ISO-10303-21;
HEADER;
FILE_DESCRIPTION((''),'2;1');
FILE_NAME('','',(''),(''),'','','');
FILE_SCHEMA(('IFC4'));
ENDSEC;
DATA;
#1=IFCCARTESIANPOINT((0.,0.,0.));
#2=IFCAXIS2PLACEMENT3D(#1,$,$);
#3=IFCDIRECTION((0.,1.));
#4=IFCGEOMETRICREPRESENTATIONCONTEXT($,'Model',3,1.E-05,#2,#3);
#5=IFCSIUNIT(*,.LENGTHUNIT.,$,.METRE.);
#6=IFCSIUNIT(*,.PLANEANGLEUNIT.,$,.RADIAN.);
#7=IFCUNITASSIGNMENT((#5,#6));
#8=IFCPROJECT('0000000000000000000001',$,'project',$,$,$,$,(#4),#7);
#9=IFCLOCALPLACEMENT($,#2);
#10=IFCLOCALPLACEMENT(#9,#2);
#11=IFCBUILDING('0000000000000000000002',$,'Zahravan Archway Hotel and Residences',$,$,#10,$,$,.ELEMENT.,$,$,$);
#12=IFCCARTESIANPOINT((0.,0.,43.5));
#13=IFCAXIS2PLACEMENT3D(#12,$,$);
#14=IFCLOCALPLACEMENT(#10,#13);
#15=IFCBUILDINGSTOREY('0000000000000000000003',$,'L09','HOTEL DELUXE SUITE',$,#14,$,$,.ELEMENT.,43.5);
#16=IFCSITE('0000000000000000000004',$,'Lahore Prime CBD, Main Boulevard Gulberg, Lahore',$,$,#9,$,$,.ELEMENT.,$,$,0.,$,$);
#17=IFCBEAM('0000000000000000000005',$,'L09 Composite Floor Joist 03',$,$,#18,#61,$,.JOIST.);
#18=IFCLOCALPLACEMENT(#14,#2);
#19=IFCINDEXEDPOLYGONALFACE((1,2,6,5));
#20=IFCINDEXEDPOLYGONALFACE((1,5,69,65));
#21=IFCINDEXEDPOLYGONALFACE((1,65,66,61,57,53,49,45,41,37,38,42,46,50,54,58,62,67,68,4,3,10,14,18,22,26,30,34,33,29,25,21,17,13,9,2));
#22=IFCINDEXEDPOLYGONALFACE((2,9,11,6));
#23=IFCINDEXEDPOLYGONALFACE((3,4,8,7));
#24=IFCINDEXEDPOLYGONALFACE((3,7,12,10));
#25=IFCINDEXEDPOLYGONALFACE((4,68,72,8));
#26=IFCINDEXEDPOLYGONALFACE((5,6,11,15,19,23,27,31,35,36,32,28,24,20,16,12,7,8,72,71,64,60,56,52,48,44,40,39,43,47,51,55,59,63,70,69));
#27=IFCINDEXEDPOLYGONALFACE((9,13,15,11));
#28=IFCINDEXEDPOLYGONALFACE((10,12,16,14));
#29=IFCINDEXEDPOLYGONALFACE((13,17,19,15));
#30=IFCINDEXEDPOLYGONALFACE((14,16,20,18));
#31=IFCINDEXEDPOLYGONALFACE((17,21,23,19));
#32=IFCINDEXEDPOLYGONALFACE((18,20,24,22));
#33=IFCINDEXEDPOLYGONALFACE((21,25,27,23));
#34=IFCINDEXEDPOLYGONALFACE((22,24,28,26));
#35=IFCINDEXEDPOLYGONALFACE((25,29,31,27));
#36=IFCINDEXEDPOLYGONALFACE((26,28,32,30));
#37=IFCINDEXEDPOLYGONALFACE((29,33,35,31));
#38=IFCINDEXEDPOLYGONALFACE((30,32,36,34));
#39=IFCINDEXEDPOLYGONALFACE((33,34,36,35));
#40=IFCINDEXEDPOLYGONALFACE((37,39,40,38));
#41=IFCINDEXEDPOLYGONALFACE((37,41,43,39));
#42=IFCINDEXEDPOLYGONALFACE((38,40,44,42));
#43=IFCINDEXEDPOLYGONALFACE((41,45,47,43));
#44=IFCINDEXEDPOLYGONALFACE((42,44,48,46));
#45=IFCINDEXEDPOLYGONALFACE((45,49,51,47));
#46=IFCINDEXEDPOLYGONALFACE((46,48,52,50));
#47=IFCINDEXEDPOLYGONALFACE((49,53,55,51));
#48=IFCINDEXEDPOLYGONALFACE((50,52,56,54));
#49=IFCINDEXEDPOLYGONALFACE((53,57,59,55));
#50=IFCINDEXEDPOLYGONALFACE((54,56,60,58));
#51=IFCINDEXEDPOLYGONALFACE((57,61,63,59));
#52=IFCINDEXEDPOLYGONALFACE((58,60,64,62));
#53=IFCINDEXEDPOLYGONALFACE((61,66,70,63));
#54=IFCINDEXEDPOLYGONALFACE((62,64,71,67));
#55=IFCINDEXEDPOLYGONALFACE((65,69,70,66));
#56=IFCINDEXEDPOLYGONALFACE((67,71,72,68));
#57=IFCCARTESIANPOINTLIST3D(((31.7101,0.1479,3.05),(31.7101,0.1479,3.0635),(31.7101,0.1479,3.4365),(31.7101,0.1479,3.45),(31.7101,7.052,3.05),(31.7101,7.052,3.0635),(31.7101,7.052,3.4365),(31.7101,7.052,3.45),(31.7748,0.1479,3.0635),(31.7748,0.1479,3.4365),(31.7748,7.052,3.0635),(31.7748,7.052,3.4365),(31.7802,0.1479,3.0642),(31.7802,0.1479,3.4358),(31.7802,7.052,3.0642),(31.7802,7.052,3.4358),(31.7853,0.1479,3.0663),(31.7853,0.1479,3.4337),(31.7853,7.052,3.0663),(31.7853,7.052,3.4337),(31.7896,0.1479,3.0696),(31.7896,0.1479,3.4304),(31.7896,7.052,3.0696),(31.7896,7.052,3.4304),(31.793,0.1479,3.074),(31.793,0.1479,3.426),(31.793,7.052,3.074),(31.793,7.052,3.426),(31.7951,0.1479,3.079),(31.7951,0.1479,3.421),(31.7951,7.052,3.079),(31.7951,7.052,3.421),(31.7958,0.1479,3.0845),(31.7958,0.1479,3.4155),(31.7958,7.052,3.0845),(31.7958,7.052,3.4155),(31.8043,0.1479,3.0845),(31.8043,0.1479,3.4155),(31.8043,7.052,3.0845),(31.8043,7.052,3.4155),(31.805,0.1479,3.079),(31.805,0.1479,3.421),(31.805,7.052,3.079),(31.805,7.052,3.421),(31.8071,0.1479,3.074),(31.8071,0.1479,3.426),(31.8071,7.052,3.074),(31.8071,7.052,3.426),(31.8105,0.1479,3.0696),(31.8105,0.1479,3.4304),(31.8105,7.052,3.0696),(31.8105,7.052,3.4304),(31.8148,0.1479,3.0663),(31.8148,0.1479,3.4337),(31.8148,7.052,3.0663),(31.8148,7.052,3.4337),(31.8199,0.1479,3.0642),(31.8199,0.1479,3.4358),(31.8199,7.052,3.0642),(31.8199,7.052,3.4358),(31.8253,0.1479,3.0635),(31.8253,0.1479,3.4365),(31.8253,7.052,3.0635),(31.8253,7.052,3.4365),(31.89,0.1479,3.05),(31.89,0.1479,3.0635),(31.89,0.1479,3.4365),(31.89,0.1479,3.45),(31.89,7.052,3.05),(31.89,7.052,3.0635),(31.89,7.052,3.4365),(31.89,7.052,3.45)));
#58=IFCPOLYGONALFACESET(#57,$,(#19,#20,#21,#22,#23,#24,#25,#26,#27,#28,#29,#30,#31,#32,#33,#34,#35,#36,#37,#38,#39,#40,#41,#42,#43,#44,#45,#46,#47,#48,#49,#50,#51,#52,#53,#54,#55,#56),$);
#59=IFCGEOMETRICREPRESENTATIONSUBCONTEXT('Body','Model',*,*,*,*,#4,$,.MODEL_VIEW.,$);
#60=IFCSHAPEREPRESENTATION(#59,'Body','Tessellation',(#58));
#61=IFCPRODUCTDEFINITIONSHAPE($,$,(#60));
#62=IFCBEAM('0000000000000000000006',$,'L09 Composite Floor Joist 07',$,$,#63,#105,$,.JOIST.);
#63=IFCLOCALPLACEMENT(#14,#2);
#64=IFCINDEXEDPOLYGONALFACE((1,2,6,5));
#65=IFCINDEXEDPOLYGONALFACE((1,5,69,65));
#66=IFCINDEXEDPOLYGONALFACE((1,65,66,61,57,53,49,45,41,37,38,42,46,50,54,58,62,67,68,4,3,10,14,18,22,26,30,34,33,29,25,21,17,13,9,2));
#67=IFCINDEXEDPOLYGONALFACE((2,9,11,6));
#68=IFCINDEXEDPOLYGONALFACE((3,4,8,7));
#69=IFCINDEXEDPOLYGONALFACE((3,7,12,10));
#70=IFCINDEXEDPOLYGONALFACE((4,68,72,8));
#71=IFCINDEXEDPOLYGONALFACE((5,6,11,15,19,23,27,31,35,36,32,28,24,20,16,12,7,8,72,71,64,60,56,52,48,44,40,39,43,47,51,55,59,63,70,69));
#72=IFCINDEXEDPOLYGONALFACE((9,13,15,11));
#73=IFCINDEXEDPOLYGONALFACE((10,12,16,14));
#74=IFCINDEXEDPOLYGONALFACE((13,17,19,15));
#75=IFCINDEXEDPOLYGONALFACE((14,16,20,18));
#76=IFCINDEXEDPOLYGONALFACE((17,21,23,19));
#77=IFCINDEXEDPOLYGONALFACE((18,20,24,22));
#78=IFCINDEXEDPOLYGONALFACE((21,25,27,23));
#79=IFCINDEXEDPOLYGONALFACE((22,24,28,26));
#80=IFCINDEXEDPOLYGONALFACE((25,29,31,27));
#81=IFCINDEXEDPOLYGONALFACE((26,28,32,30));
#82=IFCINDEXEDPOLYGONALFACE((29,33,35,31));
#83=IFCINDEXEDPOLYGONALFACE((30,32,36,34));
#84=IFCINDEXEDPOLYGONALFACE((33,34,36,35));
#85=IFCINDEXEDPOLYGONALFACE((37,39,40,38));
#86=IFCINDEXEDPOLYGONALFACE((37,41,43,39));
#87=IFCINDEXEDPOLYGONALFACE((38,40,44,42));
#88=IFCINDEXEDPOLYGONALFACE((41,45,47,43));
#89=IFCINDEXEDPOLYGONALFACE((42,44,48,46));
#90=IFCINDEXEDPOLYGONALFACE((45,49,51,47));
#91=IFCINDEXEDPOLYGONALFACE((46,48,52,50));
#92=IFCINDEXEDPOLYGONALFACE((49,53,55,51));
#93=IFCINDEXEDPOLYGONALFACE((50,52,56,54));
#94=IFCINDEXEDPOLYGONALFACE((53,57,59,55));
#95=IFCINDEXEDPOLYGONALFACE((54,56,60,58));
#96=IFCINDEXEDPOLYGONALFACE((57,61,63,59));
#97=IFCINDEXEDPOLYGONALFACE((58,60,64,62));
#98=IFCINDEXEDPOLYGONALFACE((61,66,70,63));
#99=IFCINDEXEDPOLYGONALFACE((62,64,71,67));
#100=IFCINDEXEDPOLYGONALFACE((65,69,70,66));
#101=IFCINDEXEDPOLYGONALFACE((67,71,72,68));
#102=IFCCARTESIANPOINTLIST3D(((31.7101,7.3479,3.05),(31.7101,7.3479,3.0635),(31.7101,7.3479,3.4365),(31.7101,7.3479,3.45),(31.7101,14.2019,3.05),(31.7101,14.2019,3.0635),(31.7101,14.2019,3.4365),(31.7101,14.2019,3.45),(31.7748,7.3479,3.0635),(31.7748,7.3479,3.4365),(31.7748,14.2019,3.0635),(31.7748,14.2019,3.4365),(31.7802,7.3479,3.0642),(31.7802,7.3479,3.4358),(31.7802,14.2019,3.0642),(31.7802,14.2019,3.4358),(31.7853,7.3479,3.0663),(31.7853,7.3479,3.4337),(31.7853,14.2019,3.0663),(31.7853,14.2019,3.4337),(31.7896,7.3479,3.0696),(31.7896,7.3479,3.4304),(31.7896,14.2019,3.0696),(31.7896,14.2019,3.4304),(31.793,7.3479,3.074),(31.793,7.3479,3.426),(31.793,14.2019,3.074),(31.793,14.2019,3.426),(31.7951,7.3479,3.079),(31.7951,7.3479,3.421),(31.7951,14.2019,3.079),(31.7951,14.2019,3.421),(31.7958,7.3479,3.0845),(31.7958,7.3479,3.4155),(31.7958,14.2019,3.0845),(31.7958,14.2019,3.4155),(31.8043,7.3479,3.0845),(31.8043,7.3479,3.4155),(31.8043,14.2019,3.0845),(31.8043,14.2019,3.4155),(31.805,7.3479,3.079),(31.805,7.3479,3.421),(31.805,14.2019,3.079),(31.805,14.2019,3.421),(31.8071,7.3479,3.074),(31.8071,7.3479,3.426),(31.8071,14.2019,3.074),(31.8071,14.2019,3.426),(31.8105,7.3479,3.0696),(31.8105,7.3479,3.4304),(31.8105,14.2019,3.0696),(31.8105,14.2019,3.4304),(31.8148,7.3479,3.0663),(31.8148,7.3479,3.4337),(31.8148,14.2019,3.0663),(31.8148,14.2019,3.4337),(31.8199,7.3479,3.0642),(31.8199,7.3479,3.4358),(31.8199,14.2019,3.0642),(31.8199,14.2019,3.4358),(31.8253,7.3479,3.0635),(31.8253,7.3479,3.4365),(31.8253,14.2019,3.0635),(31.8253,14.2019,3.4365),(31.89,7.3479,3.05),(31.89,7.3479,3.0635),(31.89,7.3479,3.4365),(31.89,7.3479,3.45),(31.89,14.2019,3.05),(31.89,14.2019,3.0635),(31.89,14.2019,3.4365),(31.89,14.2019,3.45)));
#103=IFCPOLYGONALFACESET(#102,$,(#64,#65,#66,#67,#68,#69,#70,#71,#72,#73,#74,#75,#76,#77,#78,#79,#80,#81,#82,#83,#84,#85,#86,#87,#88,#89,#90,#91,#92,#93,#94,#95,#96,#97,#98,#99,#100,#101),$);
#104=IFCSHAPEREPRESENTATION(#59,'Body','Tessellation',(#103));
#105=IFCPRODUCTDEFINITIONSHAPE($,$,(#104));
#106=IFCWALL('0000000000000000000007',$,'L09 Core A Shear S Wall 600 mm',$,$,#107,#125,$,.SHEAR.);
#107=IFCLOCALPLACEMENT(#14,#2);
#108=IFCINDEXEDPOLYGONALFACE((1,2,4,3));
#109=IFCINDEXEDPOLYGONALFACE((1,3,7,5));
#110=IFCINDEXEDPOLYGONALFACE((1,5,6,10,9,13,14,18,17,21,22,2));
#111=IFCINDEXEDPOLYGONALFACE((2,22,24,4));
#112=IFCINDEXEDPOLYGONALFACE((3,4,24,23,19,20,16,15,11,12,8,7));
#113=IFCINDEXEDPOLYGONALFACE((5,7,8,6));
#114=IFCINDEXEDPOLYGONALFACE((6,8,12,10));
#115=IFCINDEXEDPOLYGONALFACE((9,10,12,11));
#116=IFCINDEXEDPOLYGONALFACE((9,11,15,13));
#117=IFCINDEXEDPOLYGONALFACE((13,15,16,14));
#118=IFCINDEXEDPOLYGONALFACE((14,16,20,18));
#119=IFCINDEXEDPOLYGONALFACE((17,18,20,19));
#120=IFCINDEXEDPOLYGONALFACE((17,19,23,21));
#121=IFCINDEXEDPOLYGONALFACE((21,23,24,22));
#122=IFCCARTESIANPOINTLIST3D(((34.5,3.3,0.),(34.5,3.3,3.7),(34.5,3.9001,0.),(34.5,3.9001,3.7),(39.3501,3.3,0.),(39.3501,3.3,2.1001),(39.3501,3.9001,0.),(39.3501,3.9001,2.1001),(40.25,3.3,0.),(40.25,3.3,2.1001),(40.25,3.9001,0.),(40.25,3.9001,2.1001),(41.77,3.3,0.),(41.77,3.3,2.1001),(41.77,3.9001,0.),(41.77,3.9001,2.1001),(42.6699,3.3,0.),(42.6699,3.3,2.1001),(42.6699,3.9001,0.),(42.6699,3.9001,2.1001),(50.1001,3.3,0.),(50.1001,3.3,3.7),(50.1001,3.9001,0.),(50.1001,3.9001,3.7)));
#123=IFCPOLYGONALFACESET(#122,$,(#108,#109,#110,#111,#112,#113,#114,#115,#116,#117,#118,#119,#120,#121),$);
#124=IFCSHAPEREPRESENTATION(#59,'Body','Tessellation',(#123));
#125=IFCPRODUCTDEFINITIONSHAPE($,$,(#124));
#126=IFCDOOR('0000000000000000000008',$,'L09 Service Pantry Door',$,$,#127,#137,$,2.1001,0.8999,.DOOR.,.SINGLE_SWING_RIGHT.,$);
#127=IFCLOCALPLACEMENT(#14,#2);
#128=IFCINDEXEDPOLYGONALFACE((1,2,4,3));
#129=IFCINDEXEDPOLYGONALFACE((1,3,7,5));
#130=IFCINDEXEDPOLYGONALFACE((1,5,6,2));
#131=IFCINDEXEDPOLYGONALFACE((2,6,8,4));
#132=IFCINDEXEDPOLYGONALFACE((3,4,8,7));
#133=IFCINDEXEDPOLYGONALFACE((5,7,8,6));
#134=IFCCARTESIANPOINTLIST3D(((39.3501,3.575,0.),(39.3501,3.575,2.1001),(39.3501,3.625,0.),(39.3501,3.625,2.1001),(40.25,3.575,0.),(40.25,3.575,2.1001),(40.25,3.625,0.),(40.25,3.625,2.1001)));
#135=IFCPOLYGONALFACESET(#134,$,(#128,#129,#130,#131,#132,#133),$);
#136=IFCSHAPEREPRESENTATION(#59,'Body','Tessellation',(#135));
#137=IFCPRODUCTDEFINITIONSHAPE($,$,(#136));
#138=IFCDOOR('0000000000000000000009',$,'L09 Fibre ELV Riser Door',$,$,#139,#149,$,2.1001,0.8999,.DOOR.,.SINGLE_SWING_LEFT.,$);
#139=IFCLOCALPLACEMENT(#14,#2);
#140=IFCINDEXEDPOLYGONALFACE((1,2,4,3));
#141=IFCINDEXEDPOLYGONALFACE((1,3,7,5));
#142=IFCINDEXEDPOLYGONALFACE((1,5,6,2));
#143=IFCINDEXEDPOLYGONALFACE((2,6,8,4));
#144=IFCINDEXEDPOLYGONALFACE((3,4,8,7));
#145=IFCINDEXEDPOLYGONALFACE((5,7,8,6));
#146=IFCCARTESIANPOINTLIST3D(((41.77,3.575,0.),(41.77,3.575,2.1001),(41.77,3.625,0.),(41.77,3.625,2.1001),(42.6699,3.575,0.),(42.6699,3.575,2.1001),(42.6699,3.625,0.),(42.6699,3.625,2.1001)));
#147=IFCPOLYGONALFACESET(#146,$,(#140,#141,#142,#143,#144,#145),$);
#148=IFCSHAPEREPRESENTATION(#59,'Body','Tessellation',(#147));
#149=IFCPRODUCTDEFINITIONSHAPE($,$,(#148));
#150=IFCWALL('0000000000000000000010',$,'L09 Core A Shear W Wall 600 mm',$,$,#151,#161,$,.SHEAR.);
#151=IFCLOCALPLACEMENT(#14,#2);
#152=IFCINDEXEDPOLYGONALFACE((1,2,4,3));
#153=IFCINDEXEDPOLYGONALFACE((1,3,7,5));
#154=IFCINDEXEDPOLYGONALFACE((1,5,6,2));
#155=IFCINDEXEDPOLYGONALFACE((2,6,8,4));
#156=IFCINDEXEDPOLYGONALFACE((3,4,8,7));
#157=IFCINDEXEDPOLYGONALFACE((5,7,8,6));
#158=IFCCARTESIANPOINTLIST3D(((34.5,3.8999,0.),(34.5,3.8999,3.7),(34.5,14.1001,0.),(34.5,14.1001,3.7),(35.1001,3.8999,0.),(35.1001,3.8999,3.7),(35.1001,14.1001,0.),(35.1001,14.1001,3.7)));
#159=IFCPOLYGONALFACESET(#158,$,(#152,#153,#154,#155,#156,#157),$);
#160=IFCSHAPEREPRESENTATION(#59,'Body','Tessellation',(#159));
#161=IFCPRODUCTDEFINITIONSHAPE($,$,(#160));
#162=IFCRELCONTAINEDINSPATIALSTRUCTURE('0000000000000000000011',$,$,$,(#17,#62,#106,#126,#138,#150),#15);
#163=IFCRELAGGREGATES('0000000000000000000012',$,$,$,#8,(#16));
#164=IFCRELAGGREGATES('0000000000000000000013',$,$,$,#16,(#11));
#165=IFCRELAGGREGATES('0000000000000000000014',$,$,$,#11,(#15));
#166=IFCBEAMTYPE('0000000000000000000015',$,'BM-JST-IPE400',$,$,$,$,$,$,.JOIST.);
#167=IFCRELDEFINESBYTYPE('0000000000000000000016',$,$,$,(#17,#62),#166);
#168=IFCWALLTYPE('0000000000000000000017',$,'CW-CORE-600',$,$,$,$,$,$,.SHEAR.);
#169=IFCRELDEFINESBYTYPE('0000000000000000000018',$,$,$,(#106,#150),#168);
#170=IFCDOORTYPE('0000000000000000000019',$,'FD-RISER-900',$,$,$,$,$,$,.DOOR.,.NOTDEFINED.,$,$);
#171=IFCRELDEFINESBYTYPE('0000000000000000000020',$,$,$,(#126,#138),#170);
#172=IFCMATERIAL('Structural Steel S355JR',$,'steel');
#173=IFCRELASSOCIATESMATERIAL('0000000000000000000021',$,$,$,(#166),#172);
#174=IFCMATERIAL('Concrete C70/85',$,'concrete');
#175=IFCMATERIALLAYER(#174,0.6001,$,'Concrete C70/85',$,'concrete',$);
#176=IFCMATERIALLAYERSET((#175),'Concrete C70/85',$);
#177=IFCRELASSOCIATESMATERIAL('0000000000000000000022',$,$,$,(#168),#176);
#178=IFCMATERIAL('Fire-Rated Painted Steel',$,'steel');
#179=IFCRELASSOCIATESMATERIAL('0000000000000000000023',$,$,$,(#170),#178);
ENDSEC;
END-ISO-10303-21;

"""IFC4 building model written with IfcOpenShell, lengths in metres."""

from ifc_helpers import new_model, si_unit, direction, frame, frame_2d, origin, origin_2d, place, context, subcontext, project, spatial, rectangle, i_section, extrude, source, transform, mapped, material, layer, layer_set, material_profile, profile_set, type_object, type_shapes, element, fill, save


model = new_model("IFC4")

# Units and contexts
model_context = context("Model", 3, precision=1e-05, world=origin(), true_north=direction((0.0, 1.0)))
body_context = subcontext(model_context, "Body", "Model", "MODEL_VIEW")
ifc_project = project(units=[si_unit("LENGTHUNIT", "METRE"), si_unit("PLANEANGLEUNIT", "RADIAN")], contexts=[model_context])

# Site, building, storey
site_placement = place(None, origin())
site = spatial("IfcSite", under=ifc_project, at=site_placement, Name="Lahore Prime CBD, Main Boulevard Gulberg, Lahore", CompositionType="ELEMENT", RefElevation=0.0)
building_placement = place(site_placement, origin())
building = spatial("IfcBuilding", under=site, at=building_placement, Name="Zahravan Archway Hotel and Residences", CompositionType="ELEMENT")
storey_placement = place(building_placement, frame((0.0, 0.0, 43.5)))
storey = spatial("IfcBuildingStorey", under=building, at=storey_placement, Name="L09", Description="HOTEL DELUXE SUITE", CompositionType="ELEMENT", Elevation=43.5)

# Shared definitions
ifc_material_1 = material(Name="Concrete C70/85", Category="concrete")

# Beams
ifc_material_2 = material(Name="Structural Steel S355JR", Category="steel")
ifc_material_profile_1 = material_profile(ifc_material_2, i_section(OverallWidth=0.1799, OverallDepth=0.3999, WebThickness=0.0085, FlangeThickness=0.0134, FilletRadius=0.021, at=origin_2d()), Name="IPE 400", Category="steel")
ifc_profile_set_1 = profile_set([ifc_material_profile_1], Name="Structural Steel S355JR")
beam_type_1 = type_object("IfcBeamType", Name="BM-JST-IPE400", PredefinedType="JOIST", material=ifc_profile_set_1)
shared_shape_1 = source(origin(), body_context, "Body", "SweptSolid", [
    extrude(i_section(OverallWidth=0.1799, OverallDepth=0.3999, WebThickness=0.0085, FlangeThickness=0.0134, FilletRadius=0.021, at=origin_2d()), origin(), (0.0, 0.0, 1.0), 6.9041),
])
type_shapes(beam_type_1, [shared_shape_1])
beam_1_placement = place(storey_placement, frame((31.8, 0.1479, 3.25), z_axis=(0.0, 1.0, 0.0), x_axis=(-1.0, 0.0, 0.0)))
element("IfcBeam", 1, at=beam_1_placement, inside=storey, type_object=beam_type_1, Name="L09 Composite Floor Joist 03", PredefinedType="JOIST", context=body_context, shape_type="MappedRepresentation", body=[
    mapped(shared_shape_1, transform((0.0, 0.0, 0.0), scale=1.0)),
])
shared_shape_2 = source(origin(), body_context, "Body", "SweptSolid", [
    extrude(i_section(OverallWidth=0.1799, OverallDepth=0.3999, WebThickness=0.0085, FlangeThickness=0.0134, FilletRadius=0.021, at=origin_2d()), origin(), (0.0, 0.0, 1.0), 6.854),
])
beam_2_placement = place(storey_placement, frame((31.8, 7.3479, 3.25), z_axis=(0.0, 1.0, 0.0), x_axis=(-1.0, 0.0, 0.0)))
element("IfcBeam", 2, at=beam_2_placement, inside=storey, type_object=beam_type_1, Name="L09 Composite Floor Joist 07", PredefinedType="JOIST", context=body_context, shape_type="MappedRepresentation", body=[
    mapped(shared_shape_2, transform((0.0, 0.0, 0.0), scale=1.0)),
])

# Wall, openings, doors
ifc_layer_1 = layer(ifc_material_1, 0.6001, Name="Concrete C70/85", Category="concrete")
ifc_layer_set_1 = layer_set([ifc_layer_1], Name="Concrete C70/85")
wall_type_1 = type_object("IfcWallType", Name="CW-CORE-600", PredefinedType="SHEAR", material=ifc_layer_set_1)
wall_1_placement = place(storey_placement, frame((34.5, 3.6001, 0.0), z_axis=(0.0, 0.0, 1.0), x_axis=(1.0, 0.0, 0.0)))
wall_1 = element("IfcWall", 3, at=wall_1_placement, inside=storey, type_object=wall_type_1, Name="L09 Core A Shear S Wall 600 mm", PredefinedType="SHEAR", context=body_context, shape_type="SweptSolid", body=[
    extrude(rectangle(XDim=15.6001, YDim=0.6001, at=frame_2d((7.8, 0.0))), origin(), (0.0, 0.0, 1.0), 3.7),
])
opening_1_placement = place(wall_1_placement, frame((4.8501, 0.0, 0.0)))
opening_1 = element("IfcOpeningElement", 4, at=opening_1_placement, cuts=wall_1, PredefinedType="OPENING", context=body_context, shape_type="SweptSolid", body=[
    extrude(rectangle(XDim=0.8999, YDim=2.1001, at=frame_2d((0.45, 1.05))), frame((0.0, 0.3101, 0.0), z_axis=(0.0, -1.0, 0.0), x_axis=(1.0, 0.0, 0.0)), (0.0, 0.0, 1.0), 0.6201),
])
opening_2_placement = place(wall_1_placement, frame((7.27, 0.0, 0.0)))
opening_2 = element("IfcOpeningElement", 5, at=opening_2_placement, cuts=wall_1, PredefinedType="OPENING", context=body_context, shape_type="SweptSolid", body=[
    extrude(rectangle(XDim=0.8999, YDim=2.1001, at=frame_2d((0.45, 1.05))), frame((0.0, 0.3101, 0.0), z_axis=(0.0, -1.0, 0.0), x_axis=(1.0, 0.0, 0.0)), (0.0, 0.0, 1.0), 0.6201),
])
ifc_material_3 = material(Name="Fire-Rated Painted Steel", Category="steel")
door_type_1 = type_object("IfcDoorType", Name="FD-RISER-900", OperationType="NOTDEFINED", PredefinedType="DOOR", material=ifc_material_3)
shared_shape_3 = source(origin(), body_context, "Body", "SweptSolid", [
    extrude(rectangle(XDim=0.8999, YDim=2.1001, at=frame_2d((0.45, 1.05))), frame((0.0, 0.0249, 0.0), z_axis=(0.0, -1.0, 0.0), x_axis=(1.0, 0.0, 0.0)), (0.0, 0.0, 1.0), 0.05),
])
type_shapes(door_type_1, [shared_shape_3])
door_1_placement = place(opening_1_placement, origin())
door_1 = element("IfcDoor", 6, at=door_1_placement, inside=storey, type_object=door_type_1, Name="L09 Service Pantry Door", OperationType="SINGLE_SWING_RIGHT", OverallHeight=2.1001, OverallWidth=0.8999, PredefinedType="DOOR", context=body_context, shape_type="MappedRepresentation", body=[
    mapped(shared_shape_3, transform((0.0, 0.0, 0.0), scale=1.0)),
])
fill(opening_1, door_1)
door_2_placement = place(opening_2_placement, origin())
door_2 = element("IfcDoor", 7, at=door_2_placement, inside=storey, type_object=door_type_1, Name="L09 Fibre ELV Riser Door", OperationType="SINGLE_SWING_LEFT", OverallHeight=2.1001, OverallWidth=0.8999, PredefinedType="DOOR", context=body_context, shape_type="MappedRepresentation", body=[
    mapped(shared_shape_3, transform((0.0, 0.0, 0.0), scale=1.0)),
])
fill(opening_2, door_2)

# Wall
wall_2_placement = place(storey_placement, frame((34.8, 3.8999, 0.0), z_axis=(0.0, 0.0, 1.0), x_axis=(0.0, 1.0, 0.0)))
element("IfcWall", 8, at=wall_2_placement, inside=storey, type_object=wall_type_1, Name="L09 Core A Shear W Wall 600 mm", PredefinedType="SHEAR", context=body_context, shape_type="SweptSolid", body=[
    extrude(rectangle(XDim=10.2002, YDim=0.6001, at=frame_2d((5.1001, 0.0))), origin(), (0.0, 0.0, 1.0), 3.7),
])

save(model, "model.ifc")
